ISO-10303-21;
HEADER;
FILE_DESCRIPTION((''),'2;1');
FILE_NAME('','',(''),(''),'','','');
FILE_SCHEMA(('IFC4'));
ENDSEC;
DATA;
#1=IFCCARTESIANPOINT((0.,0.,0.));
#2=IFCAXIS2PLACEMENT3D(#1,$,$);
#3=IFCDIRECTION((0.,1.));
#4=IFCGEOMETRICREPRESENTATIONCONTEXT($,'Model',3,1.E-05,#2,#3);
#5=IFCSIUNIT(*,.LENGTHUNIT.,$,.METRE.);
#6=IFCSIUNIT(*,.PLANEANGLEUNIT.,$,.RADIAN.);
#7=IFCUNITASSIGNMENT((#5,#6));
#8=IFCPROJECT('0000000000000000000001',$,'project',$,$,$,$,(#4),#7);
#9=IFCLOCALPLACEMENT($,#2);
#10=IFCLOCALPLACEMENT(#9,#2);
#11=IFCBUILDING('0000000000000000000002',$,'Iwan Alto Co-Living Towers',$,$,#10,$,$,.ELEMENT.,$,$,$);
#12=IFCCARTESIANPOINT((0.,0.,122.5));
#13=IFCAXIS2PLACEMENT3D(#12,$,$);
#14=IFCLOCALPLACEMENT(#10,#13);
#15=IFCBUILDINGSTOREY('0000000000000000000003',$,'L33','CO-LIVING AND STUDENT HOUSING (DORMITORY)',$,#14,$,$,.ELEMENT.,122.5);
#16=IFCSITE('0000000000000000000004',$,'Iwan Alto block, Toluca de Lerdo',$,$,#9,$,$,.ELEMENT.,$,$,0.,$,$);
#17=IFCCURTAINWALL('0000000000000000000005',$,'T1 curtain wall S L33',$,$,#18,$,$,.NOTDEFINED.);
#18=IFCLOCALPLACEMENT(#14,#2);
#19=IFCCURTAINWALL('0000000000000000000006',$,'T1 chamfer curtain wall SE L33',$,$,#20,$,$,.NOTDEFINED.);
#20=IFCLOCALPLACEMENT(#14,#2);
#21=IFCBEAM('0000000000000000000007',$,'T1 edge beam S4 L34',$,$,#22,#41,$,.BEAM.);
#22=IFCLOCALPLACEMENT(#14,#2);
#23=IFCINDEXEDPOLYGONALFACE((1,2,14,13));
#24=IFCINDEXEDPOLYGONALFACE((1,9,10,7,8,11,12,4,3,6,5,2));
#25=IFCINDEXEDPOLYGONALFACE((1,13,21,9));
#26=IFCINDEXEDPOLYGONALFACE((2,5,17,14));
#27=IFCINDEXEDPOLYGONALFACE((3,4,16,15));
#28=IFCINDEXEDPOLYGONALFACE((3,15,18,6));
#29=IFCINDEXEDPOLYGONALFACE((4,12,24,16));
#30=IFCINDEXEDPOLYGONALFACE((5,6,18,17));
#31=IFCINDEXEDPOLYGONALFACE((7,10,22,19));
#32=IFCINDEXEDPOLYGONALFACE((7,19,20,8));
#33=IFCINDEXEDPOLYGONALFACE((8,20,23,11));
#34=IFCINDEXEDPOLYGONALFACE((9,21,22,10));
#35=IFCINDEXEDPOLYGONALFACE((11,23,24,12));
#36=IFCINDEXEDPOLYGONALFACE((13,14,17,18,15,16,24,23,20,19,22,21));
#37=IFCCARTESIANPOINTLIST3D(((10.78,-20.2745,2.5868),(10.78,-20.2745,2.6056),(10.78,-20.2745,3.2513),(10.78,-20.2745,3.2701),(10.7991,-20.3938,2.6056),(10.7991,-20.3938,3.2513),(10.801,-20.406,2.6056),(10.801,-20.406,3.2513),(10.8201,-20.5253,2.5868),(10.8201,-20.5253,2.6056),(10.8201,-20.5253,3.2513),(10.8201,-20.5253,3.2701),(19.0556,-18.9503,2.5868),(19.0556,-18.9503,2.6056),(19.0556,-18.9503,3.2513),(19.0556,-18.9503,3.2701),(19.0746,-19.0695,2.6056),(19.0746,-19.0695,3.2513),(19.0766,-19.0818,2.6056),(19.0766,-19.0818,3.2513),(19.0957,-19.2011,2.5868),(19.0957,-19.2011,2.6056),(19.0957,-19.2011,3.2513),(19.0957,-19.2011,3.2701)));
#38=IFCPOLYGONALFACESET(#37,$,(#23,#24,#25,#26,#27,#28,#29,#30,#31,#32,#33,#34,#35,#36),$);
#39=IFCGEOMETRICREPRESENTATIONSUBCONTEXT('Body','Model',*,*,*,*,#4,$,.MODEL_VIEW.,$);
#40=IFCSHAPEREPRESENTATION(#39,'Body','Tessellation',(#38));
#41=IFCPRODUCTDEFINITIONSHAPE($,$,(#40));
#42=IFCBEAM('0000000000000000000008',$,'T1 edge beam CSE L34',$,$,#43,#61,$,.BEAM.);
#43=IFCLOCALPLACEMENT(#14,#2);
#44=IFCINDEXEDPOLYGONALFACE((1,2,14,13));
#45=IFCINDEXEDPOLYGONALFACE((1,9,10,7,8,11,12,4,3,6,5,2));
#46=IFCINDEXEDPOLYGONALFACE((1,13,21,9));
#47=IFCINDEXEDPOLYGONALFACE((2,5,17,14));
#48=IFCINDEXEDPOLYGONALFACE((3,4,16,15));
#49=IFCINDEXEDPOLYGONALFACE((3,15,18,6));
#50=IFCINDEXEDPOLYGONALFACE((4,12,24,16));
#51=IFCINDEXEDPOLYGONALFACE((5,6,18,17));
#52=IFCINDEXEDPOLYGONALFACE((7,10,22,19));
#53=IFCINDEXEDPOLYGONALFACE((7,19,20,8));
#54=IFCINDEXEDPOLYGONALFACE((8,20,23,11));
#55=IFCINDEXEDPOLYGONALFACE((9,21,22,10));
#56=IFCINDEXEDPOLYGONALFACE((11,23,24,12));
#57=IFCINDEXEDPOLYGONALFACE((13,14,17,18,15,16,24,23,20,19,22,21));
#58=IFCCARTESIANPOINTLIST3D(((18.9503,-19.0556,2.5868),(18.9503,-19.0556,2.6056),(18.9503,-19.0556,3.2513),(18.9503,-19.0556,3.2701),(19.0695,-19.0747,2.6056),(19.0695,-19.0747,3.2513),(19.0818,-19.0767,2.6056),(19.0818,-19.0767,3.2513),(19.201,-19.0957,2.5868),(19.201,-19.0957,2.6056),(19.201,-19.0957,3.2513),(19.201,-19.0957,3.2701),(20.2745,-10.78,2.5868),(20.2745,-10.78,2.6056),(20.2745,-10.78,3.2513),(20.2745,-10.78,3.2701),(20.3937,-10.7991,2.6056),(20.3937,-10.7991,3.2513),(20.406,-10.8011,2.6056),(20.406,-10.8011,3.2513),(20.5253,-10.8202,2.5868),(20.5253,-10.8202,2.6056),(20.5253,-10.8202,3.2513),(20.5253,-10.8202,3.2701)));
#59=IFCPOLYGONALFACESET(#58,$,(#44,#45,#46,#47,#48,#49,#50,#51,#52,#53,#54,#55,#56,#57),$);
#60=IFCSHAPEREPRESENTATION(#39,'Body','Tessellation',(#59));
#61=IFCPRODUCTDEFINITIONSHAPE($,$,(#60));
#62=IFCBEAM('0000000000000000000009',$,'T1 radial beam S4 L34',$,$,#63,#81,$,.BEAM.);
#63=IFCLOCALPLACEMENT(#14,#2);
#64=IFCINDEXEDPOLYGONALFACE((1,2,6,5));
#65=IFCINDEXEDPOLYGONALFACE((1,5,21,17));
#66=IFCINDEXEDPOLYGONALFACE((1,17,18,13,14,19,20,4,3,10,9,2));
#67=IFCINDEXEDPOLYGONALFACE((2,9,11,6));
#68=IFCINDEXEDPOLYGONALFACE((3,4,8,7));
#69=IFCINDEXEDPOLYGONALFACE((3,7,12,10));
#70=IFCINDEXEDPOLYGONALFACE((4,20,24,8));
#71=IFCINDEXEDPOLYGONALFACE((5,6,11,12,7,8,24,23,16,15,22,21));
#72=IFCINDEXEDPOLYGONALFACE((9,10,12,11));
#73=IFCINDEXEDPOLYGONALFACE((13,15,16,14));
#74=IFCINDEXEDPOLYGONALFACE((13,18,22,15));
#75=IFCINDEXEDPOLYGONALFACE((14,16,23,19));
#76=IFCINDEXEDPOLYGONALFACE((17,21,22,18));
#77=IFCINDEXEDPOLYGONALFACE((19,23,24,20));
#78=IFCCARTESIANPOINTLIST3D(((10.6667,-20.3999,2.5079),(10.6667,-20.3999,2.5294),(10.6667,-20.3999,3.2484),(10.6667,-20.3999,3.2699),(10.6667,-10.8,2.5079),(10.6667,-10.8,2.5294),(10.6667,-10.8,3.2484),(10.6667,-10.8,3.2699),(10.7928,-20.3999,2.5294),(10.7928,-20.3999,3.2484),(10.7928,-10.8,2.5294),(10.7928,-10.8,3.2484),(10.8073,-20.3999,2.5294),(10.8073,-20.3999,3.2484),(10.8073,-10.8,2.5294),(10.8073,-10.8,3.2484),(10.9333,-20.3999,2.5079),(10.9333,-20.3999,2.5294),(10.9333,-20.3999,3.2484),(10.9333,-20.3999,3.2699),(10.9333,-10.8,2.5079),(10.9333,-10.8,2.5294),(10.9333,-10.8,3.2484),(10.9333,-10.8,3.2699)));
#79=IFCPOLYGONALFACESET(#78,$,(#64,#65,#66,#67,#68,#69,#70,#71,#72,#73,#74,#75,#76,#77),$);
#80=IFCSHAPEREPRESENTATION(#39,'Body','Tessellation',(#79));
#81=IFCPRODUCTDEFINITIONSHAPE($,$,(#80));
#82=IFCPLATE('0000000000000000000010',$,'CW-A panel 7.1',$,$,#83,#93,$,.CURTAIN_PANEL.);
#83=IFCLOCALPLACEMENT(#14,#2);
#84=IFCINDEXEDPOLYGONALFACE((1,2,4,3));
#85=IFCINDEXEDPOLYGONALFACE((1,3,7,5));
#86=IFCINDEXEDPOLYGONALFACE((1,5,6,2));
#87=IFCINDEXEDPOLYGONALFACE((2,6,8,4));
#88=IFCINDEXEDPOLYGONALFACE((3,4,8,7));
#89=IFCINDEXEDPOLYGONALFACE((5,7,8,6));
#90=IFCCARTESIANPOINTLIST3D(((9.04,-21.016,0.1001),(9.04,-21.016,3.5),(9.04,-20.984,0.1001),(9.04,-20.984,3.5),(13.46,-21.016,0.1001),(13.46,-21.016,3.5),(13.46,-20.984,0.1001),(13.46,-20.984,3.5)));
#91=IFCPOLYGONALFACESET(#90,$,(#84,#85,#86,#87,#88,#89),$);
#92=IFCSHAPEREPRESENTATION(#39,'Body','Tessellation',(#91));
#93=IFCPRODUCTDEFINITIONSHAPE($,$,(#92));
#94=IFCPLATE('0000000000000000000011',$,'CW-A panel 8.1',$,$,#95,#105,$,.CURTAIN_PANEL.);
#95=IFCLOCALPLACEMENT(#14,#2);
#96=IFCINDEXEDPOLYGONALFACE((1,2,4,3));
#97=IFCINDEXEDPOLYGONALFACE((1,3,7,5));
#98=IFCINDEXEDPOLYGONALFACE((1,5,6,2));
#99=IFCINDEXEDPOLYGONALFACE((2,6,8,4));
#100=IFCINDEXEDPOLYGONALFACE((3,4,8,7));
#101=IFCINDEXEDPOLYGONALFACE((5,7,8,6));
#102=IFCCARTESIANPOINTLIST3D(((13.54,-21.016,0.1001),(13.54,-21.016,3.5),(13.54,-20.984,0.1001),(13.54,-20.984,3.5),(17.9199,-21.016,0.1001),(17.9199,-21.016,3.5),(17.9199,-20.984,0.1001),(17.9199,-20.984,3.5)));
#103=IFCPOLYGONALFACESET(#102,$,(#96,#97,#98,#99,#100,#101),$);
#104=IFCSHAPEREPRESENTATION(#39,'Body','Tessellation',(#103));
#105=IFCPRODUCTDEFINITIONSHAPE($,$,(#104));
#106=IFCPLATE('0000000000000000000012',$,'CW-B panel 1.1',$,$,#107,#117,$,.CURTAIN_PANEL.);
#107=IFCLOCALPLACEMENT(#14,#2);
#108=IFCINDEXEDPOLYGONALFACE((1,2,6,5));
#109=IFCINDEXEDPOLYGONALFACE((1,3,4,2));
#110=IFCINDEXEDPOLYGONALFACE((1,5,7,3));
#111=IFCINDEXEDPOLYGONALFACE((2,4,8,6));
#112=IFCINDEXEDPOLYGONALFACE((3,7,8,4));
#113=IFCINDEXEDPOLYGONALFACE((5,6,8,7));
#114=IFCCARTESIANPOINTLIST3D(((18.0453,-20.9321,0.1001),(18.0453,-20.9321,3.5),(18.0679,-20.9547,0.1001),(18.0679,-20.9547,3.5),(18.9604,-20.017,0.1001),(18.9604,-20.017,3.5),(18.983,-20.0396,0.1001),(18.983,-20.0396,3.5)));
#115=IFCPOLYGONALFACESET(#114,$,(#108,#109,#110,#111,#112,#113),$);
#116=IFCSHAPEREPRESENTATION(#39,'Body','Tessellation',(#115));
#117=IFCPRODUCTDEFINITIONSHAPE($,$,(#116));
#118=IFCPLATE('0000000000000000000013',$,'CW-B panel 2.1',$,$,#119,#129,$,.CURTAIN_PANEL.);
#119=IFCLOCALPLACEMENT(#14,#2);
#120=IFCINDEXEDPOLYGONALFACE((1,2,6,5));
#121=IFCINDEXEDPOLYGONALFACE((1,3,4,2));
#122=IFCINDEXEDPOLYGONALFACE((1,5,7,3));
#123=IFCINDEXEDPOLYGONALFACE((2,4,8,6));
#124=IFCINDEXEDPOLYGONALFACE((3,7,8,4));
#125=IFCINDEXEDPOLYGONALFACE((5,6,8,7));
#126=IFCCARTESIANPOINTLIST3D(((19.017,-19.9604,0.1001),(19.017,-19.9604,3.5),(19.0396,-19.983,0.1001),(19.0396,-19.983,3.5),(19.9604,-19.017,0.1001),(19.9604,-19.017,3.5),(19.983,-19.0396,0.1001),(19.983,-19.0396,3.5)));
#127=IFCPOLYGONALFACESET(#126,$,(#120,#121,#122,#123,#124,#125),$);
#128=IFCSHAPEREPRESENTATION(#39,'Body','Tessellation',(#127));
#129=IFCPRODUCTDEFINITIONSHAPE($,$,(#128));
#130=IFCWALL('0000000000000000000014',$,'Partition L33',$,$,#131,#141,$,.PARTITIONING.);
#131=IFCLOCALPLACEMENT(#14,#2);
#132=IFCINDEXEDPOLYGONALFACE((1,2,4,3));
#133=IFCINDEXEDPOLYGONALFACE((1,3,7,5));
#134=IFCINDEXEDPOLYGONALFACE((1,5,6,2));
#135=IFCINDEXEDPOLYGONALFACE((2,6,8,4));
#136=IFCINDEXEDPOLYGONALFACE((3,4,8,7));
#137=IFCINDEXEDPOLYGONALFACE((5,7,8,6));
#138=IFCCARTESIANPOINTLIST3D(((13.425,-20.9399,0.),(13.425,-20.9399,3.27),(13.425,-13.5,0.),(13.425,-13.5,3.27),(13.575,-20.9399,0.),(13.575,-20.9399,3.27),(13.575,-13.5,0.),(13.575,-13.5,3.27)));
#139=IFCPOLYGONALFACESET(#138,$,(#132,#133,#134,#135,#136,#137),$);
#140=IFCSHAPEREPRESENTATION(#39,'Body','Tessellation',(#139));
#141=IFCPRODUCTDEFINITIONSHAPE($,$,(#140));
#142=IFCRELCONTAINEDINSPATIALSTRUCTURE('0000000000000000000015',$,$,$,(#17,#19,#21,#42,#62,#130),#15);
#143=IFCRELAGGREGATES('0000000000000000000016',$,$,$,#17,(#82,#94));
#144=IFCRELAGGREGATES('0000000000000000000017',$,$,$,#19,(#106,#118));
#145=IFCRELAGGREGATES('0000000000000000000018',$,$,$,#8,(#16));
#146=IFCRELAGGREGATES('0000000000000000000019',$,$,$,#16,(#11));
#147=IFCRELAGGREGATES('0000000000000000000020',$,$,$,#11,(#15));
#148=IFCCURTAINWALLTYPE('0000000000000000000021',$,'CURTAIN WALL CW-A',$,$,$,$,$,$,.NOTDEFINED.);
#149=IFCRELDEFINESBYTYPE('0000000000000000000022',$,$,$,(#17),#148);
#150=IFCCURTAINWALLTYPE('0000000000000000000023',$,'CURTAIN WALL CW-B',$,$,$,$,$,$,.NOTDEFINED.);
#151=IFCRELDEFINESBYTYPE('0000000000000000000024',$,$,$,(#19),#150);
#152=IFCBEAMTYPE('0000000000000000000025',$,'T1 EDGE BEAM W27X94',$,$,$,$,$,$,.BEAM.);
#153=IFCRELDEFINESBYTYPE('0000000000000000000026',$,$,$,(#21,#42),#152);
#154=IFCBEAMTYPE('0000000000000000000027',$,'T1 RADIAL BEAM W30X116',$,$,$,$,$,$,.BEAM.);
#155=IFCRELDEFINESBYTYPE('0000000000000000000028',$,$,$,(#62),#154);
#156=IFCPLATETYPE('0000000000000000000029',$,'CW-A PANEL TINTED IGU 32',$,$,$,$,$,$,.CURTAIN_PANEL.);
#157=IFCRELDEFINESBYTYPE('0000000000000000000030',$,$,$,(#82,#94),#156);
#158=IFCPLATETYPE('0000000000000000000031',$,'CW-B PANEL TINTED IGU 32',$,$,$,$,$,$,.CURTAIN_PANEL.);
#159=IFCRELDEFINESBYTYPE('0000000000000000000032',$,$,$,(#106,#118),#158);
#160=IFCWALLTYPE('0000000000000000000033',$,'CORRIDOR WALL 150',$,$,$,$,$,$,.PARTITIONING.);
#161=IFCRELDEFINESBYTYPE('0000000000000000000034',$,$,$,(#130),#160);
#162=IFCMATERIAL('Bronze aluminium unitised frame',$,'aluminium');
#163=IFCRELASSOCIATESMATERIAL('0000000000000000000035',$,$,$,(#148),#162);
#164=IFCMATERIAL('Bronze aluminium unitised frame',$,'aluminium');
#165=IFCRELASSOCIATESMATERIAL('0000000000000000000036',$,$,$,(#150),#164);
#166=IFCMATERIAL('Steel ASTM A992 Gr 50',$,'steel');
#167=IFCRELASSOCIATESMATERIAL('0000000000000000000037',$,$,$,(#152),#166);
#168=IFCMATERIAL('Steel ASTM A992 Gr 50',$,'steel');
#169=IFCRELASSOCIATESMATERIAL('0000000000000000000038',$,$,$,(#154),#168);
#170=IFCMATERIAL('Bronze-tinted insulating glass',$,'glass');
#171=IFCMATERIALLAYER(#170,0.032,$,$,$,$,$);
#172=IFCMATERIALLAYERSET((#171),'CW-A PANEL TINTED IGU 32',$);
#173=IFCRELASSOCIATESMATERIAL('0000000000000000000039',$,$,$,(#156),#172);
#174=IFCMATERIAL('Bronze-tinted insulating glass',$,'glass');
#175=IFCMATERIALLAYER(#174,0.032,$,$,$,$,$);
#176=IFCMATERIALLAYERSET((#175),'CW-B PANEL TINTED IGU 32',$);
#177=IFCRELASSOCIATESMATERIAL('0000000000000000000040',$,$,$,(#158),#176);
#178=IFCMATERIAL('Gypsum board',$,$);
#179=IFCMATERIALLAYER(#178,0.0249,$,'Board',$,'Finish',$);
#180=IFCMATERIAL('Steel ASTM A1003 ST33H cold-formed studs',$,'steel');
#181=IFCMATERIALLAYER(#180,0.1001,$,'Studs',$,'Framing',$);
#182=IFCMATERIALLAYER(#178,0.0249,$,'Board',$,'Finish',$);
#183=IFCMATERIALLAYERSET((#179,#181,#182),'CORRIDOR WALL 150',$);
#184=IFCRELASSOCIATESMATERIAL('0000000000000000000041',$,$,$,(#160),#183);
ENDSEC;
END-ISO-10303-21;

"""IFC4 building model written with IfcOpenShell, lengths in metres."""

from ifc_helpers import new_model, si_unit, direction, frame, frame_2d, origin, origin_2d, place, context, subcontext, project, spatial, rectangle, i_section, extrude, material, layer, layer_set, material_profile, profile_set, type_object, element, aggregate, save


model = new_model("IFC4")

# Units and contexts
model_context = context("Model", 3, precision=1e-05, world=origin(), true_north=direction((0.0, 1.0)))
body_context = subcontext(model_context, "Body", "Model", "MODEL_VIEW")
ifc_project = project(units=[si_unit("LENGTHUNIT", "METRE"), si_unit("PLANEANGLEUNIT", "RADIAN")], contexts=[model_context])

# Site, building, storey
site_placement = place(None, origin())
site = spatial("IfcSite", under=ifc_project, at=site_placement, Name="Iwan Alto block, Toluca de Lerdo", CompositionType="ELEMENT", RefElevation=0.0)
building_placement = place(site_placement, origin())
building = spatial("IfcBuilding", under=site, at=building_placement, Name="Iwan Alto Co-Living Towers", CompositionType="ELEMENT")
storey_placement = place(building_placement, frame((0.0, 0.0, 122.5)))
storey = spatial("IfcBuildingStorey", under=building, at=storey_placement, Name="L33", Description="CO-LIVING AND STUDENT HOUSING (DORMITORY)", CompositionType="ELEMENT", Elevation=122.5)

# Curtain walls
ifc_material_1 = material(Name="Bronze aluminium unitised frame", Category="aluminium")
curtain_wall_type_1 = type_object("IfcCurtainWallType", Name="CURTAIN WALL CW-A", PredefinedType="NOTDEFINED", material=ifc_material_1)
curtain_wall_1_placement = place(storey_placement, origin())
curtain_wall_1 = element("IfcCurtainWall", 1, at=curtain_wall_1_placement, inside=storey, type_object=curtain_wall_type_1, Name="T1 curtain wall S L33", PredefinedType="NOTDEFINED")
ifc_material_2 = material(Name="Bronze aluminium unitised frame", Category="aluminium")
curtain_wall_type_2 = type_object("IfcCurtainWallType", Name="CURTAIN WALL CW-B", PredefinedType="NOTDEFINED", material=ifc_material_2)
curtain_wall_2_placement = place(storey_placement, origin())
curtain_wall_2 = element("IfcCurtainWall", 2, at=curtain_wall_2_placement, inside=storey, type_object=curtain_wall_type_2, Name="T1 chamfer curtain wall SE L33", PredefinedType="NOTDEFINED")

# Beams
ifc_material_3 = material(Name="Steel ASTM A992 Gr 50", Category="steel")
ifc_material_profile_1 = material_profile(ifc_material_3, i_section(OverallWidth=0.2539, OverallDepth=0.6833, WebThickness=0.0125, FlangeThickness=0.0188, at=origin_2d()), Name="W27X94")
ifc_profile_set_1 = profile_set([ifc_material_profile_1], Name="Steel ASTM A992 Gr 50")
beam_type_1 = type_object("IfcBeamType", Name="T1 EDGE BEAM W27X94", PredefinedType="BEAM", material=ifc_profile_set_1)
for number, where, z_axis, x_axis, name in (
    (3, (10.8, -20.3999, 2.9285), (0.987438, 0.158004, 0.0), (-0.158004, 0.987438, 0.0), "T1 edge beam S4 L34"),
    (4, (19.0757, -19.0757, 2.9285), (0.158004, 0.987438, 0.0), (-0.987438, 0.158004, 0.0), "T1 edge beam CSE L34"),
):
    element("IfcBeam", number, at=place(storey_placement, frame(where, z_axis=z_axis, x_axis=x_axis)), inside=storey, type_object=beam_type_1, Name=name, PredefinedType="BEAM", context=body_context, shape_type="SweptSolid", body=[
        extrude(i_section(OverallWidth=0.2539, OverallDepth=0.6833, WebThickness=0.0125, FlangeThickness=0.0188, at=origin_2d()), origin(), (0.0, 0.0, 1.0), 8.3809),
    ])
ifc_material_4 = material(Name="Steel ASTM A992 Gr 50", Category="steel")
ifc_material_profile_2 = material_profile(ifc_material_4, i_section(OverallWidth=0.2666, OverallDepth=0.762, WebThickness=0.0144, FlangeThickness=0.0215, at=origin_2d()), Name="W30X116")
ifc_profile_set_2 = profile_set([ifc_material_profile_2], Name="Steel ASTM A992 Gr 50")
beam_type_2 = type_object("IfcBeamType", Name="T1 RADIAL BEAM W30X116", PredefinedType="BEAM", material=ifc_profile_set_2)
beam_1_placement = place(storey_placement, frame((10.8, -20.3999, 2.8889), z_axis=(0.0, 1.0, 0.0), x_axis=(-1.0, 0.0, 0.0)))
element("IfcBeam", 5, at=beam_1_placement, inside=storey, type_object=beam_type_2, Name="T1 radial beam S4 L34", PredefinedType="BEAM", context=body_context, shape_type="SweptSolid", body=[
    extrude(i_section(OverallWidth=0.2666, OverallDepth=0.762, WebThickness=0.0144, FlangeThickness=0.0215, at=origin_2d()), origin(), (0.0, 0.0, 1.0), 9.5999),
])

# Plates
ifc_material_5 = material(Name="Bronze-tinted insulating glass", Category="glass")
ifc_layer_1 = layer(ifc_material_5, 0.032)
ifc_layer_set_1 = layer_set([ifc_layer_1], Name="CW-A PANEL TINTED IGU 32")
plate_type_1 = type_object("IfcPlateType", Name="CW-A PANEL TINTED IGU 32", PredefinedType="CURTAIN_PANEL", material=ifc_layer_set_1)
plate_1_placement = place(storey_placement, frame((11.25, -21.0, 0.1001), z_axis=(0.0, 0.0, 1.0), x_axis=(1.0, 0.0, 0.0)))
plate_1 = element("IfcPlate", 6, at=plate_1_placement, type_object=plate_type_1, Name="CW-A panel 7.1", PredefinedType="CURTAIN_PANEL", context=body_context, shape_type="SweptSolid", body=[
    extrude(rectangle(XDim=4.4199, YDim=0.032, at=origin_2d()), origin(), (0.0, 0.0, 1.0), 3.3999),
])
plate_2_placement = place(storey_placement, frame((15.73, -21.0, 0.1001), z_axis=(0.0, 0.0, 1.0), x_axis=(1.0, 0.0, 0.0)))
plate_2 = element("IfcPlate", 7, at=plate_2_placement, type_object=plate_type_1, Name="CW-A panel 8.1", PredefinedType="CURTAIN_PANEL", context=body_context, shape_type="SweptSolid", body=[
    extrude(rectangle(XDim=4.3799, YDim=0.032, at=origin_2d()), origin(), (0.0, 0.0, 1.0), 3.3999),
])
aggregate(curtain_wall_1, [plate_1, plate_2])
ifc_material_6 = material(Name="Bronze-tinted insulating glass", Category="glass")
ifc_layer_2 = layer(ifc_material_6, 0.032)
ifc_layer_set_2 = layer_set([ifc_layer_2], Name="CW-B PANEL TINTED IGU 32")
plate_type_2 = type_object("IfcPlateType", Name="CW-B PANEL TINTED IGU 32", PredefinedType="CURTAIN_PANEL", material=ifc_layer_set_2)
plate_3_placement = place(storey_placement, frame((18.5142, -20.4858, 0.1001), z_axis=(0.0, 0.0, 1.0), x_axis=(0.707107, 0.707107, 0.0)))
plate_3 = element("IfcPlate", 8, at=plate_3_placement, type_object=plate_type_2, Name="CW-B panel 1.1", PredefinedType="CURTAIN_PANEL", context=body_context, shape_type="SweptSolid", body=[
    extrude(rectangle(XDim=1.2942, YDim=0.032, at=origin_2d()), origin(), (0.0, 0.0, 1.0), 3.3999),
])
plate_4_placement = place(storey_placement, frame((19.5, -19.5, 0.1001), z_axis=(0.0, 0.0, 1.0), x_axis=(0.707107, 0.707107, 0.0)))
plate_4 = element("IfcPlate", 9, at=plate_4_placement, type_object=plate_type_2, Name="CW-B panel 2.1", PredefinedType="CURTAIN_PANEL", context=body_context, shape_type="SweptSolid", body=[
    extrude(rectangle(XDim=1.3342, YDim=0.032, at=origin_2d()), origin(), (0.0, 0.0, 1.0), 3.3999),
])
aggregate(curtain_wall_2, [plate_3, plate_4])

# Wall
ifc_material_7 = material(Name="Gypsum board")
ifc_layer_3 = layer(ifc_material_7, 0.0249, Name="Board", Category="Finish")
ifc_material_8 = material(Name="Steel ASTM A1003 ST33H cold-formed studs", Category="steel")
ifc_layer_4 = layer(ifc_material_8, 0.1001, Name="Studs", Category="Framing")
ifc_layer_5 = layer(ifc_material_7, 0.0249, Name="Board", Category="Finish")
ifc_layer_set_3 = layer_set([ifc_layer_3, ifc_layer_4, ifc_layer_5], Name="CORRIDOR WALL 150")
wall_type = type_object("IfcWallType", Name="CORRIDOR WALL 150", PredefinedType="PARTITIONING", material=ifc_layer_set_3)
wall_placement = place(storey_placement, frame((13.5, -20.9399, 0.0), z_axis=(0.0, 0.0, 1.0), x_axis=(0.0, 1.0, 0.0)))
element("IfcWall", 10, at=wall_placement, inside=storey, type_object=wall_type, Name="Partition L33", PredefinedType="PARTITIONING", context=body_context, shape_type="SweptSolid", body=[
    extrude(rectangle(XDim=7.4399, YDim=0.1499, at=frame_2d((3.72, 0.0))), origin(), (0.0, 0.0, 1.0), 3.27),
])

save(model, "model.ifc")
